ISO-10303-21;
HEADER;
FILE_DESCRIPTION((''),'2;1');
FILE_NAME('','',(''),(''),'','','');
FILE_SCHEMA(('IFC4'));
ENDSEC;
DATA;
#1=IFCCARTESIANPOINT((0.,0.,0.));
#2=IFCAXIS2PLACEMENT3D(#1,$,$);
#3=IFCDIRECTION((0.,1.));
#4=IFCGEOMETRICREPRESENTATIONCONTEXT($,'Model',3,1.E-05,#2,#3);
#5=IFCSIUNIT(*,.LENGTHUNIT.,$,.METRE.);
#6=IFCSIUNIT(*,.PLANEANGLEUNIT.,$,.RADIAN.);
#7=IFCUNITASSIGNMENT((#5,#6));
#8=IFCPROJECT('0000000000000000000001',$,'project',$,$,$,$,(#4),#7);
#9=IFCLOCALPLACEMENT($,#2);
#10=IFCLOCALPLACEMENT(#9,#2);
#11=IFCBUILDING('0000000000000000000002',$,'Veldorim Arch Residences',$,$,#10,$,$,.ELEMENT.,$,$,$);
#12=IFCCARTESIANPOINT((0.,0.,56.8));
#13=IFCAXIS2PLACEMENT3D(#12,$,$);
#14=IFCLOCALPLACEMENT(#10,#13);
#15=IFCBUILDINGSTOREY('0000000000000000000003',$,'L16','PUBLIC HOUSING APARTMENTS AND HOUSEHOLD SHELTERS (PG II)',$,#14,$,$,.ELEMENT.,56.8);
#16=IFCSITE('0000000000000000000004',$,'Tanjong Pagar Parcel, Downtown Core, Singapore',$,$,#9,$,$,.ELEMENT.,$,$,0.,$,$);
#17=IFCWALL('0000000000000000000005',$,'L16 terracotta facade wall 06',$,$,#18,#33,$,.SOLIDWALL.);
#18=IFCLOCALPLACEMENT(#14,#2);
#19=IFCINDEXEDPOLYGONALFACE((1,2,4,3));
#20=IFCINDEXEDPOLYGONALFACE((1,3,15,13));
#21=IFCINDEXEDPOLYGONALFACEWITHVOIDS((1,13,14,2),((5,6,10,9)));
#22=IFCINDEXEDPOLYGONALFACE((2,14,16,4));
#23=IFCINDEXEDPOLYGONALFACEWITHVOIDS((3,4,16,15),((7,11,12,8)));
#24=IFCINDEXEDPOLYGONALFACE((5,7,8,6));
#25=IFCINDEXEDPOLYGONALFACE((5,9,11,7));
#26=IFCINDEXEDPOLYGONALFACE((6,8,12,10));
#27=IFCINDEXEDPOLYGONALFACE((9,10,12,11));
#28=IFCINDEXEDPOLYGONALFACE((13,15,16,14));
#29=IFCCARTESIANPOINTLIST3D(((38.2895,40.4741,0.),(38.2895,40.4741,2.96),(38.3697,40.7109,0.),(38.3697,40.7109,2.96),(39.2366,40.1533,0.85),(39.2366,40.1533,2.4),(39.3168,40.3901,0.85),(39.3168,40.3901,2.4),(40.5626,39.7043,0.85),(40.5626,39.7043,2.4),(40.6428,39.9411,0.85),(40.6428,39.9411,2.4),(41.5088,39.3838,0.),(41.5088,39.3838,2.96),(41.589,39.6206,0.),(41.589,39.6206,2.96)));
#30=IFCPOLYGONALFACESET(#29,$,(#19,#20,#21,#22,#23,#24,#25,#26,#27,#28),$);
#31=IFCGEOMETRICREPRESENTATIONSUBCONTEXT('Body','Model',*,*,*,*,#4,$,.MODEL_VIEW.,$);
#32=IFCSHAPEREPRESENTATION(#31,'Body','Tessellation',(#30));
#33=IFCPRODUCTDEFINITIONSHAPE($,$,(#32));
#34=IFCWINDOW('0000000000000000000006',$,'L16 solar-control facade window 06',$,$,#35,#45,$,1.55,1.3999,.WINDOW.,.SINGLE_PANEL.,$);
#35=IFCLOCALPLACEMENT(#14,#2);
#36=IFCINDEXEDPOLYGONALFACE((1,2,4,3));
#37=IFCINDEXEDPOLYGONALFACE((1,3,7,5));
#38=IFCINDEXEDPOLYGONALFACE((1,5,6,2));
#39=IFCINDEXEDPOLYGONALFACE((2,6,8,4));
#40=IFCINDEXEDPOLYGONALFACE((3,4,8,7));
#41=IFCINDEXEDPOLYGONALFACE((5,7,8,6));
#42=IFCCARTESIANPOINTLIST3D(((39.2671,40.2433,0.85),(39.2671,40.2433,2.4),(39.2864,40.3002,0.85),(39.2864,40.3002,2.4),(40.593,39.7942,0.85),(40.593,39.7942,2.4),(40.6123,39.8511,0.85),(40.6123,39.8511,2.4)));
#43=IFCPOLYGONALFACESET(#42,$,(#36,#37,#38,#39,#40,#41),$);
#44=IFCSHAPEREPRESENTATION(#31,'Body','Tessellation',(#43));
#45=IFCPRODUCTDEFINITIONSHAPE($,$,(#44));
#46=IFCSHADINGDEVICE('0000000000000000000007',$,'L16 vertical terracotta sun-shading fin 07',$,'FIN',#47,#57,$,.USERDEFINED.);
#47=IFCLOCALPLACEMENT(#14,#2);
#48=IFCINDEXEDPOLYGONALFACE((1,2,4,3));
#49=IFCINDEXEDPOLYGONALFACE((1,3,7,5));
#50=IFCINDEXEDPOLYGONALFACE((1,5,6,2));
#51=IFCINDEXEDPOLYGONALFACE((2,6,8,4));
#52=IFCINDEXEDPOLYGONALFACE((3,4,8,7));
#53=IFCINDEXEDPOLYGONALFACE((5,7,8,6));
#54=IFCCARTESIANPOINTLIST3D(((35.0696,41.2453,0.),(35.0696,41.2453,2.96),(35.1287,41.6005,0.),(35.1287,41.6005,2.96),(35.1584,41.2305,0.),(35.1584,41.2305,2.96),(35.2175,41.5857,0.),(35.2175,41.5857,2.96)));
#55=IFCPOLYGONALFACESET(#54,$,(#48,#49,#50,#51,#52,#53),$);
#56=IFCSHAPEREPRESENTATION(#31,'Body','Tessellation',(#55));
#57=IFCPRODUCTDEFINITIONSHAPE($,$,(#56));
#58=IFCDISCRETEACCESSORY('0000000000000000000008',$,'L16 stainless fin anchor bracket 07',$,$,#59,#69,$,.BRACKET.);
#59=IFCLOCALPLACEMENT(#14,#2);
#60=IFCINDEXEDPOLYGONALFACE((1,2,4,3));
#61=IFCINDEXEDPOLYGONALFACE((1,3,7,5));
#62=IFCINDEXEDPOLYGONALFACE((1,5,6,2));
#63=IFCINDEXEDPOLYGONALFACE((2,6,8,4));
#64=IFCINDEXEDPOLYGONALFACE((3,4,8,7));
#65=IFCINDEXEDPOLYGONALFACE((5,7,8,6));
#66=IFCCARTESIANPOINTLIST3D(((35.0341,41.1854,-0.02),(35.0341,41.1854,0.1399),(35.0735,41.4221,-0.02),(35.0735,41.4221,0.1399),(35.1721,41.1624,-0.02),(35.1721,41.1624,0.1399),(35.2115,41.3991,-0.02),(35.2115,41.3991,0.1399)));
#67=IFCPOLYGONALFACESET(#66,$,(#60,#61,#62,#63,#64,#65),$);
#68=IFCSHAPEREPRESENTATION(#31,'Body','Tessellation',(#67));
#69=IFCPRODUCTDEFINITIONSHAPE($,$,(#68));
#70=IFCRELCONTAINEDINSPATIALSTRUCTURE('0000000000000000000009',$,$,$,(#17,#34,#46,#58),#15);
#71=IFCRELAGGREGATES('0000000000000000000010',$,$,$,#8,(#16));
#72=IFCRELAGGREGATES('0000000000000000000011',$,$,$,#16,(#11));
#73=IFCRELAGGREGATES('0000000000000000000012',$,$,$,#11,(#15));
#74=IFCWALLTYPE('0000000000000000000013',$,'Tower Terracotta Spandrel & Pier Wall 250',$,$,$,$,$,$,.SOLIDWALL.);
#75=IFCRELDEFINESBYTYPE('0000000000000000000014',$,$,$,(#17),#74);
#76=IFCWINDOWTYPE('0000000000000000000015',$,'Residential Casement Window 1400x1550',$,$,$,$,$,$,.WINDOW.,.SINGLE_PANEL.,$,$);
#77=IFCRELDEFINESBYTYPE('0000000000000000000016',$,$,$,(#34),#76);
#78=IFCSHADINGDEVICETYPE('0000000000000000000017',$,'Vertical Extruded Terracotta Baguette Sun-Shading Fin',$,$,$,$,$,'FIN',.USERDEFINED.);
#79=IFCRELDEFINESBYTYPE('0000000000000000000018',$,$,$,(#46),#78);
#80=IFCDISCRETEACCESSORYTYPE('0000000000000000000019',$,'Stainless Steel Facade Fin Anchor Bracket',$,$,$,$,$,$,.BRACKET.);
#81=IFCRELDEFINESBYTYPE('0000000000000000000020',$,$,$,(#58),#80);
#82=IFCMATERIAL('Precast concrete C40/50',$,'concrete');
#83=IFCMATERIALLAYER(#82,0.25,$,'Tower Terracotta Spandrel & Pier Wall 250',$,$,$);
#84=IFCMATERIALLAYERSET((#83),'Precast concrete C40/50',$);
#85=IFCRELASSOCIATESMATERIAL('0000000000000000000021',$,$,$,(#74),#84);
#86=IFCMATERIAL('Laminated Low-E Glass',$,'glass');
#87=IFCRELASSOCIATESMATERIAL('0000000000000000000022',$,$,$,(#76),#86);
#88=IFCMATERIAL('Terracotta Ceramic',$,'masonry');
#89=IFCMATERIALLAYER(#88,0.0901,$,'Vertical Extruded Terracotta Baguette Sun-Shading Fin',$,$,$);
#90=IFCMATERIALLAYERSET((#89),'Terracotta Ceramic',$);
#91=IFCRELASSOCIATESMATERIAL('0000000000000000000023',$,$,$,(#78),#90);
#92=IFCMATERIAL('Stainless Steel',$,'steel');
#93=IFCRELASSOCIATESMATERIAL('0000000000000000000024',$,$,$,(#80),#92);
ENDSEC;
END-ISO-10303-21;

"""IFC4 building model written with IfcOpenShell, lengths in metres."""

from ifc_helpers import new_model, si_unit, direction, frame, frame_2d, origin, origin_2d, place, context, subcontext, project, spatial, rectangle, extrude, material, layer, layer_set, type_object, element, fill, save


model = new_model("IFC4")

# Units and contexts
model_context = context("Model", 3, precision=1e-05, world=origin(), true_north=direction((0.0, 1.0)))
body_context = subcontext(model_context, "Body", "Model", "MODEL_VIEW")
ifc_project = project(units=[si_unit("LENGTHUNIT", "METRE"), si_unit("PLANEANGLEUNIT", "RADIAN")], contexts=[model_context])

# Site, building, storey
site_placement = place(None, origin())
site = spatial("IfcSite", under=ifc_project, at=site_placement, Name="Tanjong Pagar Parcel, Downtown Core, Singapore", CompositionType="ELEMENT", RefElevation=0.0)
building_placement = place(site_placement, origin())
building = spatial("IfcBuilding", under=site, at=building_placement, Name="Veldorim Arch Residences", CompositionType="ELEMENT")
storey_placement = place(building_placement, frame((0.0, 0.0, 56.8)))
storey = spatial("IfcBuildingStorey", under=building, at=storey_placement, Name="L16", Description="PUBLIC HOUSING APARTMENTS AND HOUSEHOLD SHELTERS (PG II)", CompositionType="ELEMENT", Elevation=56.8)

# Wall, opening, window
ifc_material_1 = material(Name="Precast concrete C40/50", Category="concrete")
ifc_layer_1 = layer(ifc_material_1, 0.25, Name="Tower Terracotta Spandrel & Pier Wall 250")
ifc_layer_set_1 = layer_set([ifc_layer_1], Name="Precast concrete C40/50")
wall_type_1 = type_object("IfcWallType", Name="Tower Terracotta Spandrel & Pier Wall 250", PredefinedType="SOLIDWALL", material=ifc_layer_set_1)
wall_1_placement = place(storey_placement, frame((38.3296, 40.5925, 0.0), z_axis=(0.0, 0.0, 1.0), x_axis=(0.94715, -0.320792, 0.0)))
wall_1 = element("IfcWall", 1, at=wall_1_placement, inside=storey, type_object=wall_type_1, Name="L16 terracotta facade wall 06", PredefinedType="SOLIDWALL", context=body_context, shape_type="SweptSolid", body=[
    extrude(rectangle(XDim=3.3989, YDim=0.25, at=frame_2d((1.6995, 0.0))), origin(), (0.0, 0.0, 1.0), 2.96),
])
opening_1_placement = place(wall_1_placement, frame((1.0, 0.0, 0.8501)))
opening_1 = element("IfcOpeningElement", 2, at=opening_1_placement, cuts=wall_1, PredefinedType="OPENING", context=body_context, shape_type="SweptSolid", body=[
    extrude(rectangle(XDim=1.3999, YDim=1.55, at=frame_2d((0.7, 0.7749))), frame((0.0, 0.135, 0.0), z_axis=(0.0, -1.0, 0.0), x_axis=(1.0, 0.0, 0.0)), (0.0, 0.0, 1.0), 0.27),
])
ifc_material_2 = material(Name="Laminated Low-E Glass", Category="glass")
window_type = type_object("IfcWindowType", Name="Residential Casement Window 1400x1550", PartitioningType="SINGLE_PANEL", PredefinedType="WINDOW", material=ifc_material_2)
window_placement = place(opening_1_placement, origin())
window = element("IfcWindow", 3, at=window_placement, inside=storey, type_object=window_type, Name="L16 solar-control facade window 06", OverallHeight=1.55, OverallWidth=1.3999, PartitioningType="SINGLE_PANEL", PredefinedType="WINDOW", context=body_context, shape_type="SweptSolid", body=[
    extrude(rectangle(XDim=1.3999, YDim=1.55, at=frame_2d((0.7, 0.7749))), frame((0.0, 0.03, 0.0), z_axis=(0.0, -1.0, 0.0), x_axis=(1.0, 0.0, 0.0)), (0.0, 0.0, 1.0), 0.0601),
])
fill(opening_1, window)

# Shading device
ifc_material_3 = material(Name="Terracotta Ceramic", Category="masonry")
ifc_layer_2 = layer(ifc_material_3, 0.0901, Name="Vertical Extruded Terracotta Baguette Sun-Shading Fin")
ifc_layer_set_2 = layer_set([ifc_layer_2], Name="Terracotta Ceramic")
shading_device_type = type_object("IfcShadingDeviceType", Name="Vertical Extruded Terracotta Baguette Sun-Shading Fin", ElementType="FIN", PredefinedType="USERDEFINED", material=ifc_layer_set_2)
shading_device_placement = place(storey_placement, frame((35.1436, 41.4155, 0.0), z_axis=(0.0, 0.0, 1.0), x_axis=(0.986429, -0.164187, 0.0)))
element("IfcShadingDevice", 4, at=shading_device_placement, inside=storey, type_object=shading_device_type, Name="L16 vertical terracotta sun-shading fin 07", ObjectType="FIN", PredefinedType="USERDEFINED", context=body_context, shape_type="SweptSolid", body=[
    extrude(rectangle(XDim=0.0901, YDim=0.3601, at=origin_2d()), origin(), (0.0, 0.0, 1.0), 2.96),
])

# Discrete accessory
ifc_material_4 = material(Name="Stainless Steel", Category="steel")
discrete_accessory_type = type_object("IfcDiscreteAccessoryType", Name="Stainless Steel Facade Fin Anchor Bracket", PredefinedType="BRACKET", material=ifc_material_4)
discrete_accessory_placement = place(storey_placement, frame((35.1228, 41.2922, -0.02), z_axis=(0.0, 0.0, 1.0), x_axis=(0.986429, -0.164187, 0.0)))
element("IfcDiscreteAccessory", 5, at=discrete_accessory_placement, inside=storey, type_object=discrete_accessory_type, Name="L16 stainless fin anchor bracket 07", PredefinedType="BRACKET", context=body_context, shape_type="SweptSolid", body=[
    extrude(rectangle(XDim=0.1399, YDim=0.24, at=origin_2d()), origin(), (0.0, 0.0, 1.0), 0.1599),
])

save(model, "model.ifc")
